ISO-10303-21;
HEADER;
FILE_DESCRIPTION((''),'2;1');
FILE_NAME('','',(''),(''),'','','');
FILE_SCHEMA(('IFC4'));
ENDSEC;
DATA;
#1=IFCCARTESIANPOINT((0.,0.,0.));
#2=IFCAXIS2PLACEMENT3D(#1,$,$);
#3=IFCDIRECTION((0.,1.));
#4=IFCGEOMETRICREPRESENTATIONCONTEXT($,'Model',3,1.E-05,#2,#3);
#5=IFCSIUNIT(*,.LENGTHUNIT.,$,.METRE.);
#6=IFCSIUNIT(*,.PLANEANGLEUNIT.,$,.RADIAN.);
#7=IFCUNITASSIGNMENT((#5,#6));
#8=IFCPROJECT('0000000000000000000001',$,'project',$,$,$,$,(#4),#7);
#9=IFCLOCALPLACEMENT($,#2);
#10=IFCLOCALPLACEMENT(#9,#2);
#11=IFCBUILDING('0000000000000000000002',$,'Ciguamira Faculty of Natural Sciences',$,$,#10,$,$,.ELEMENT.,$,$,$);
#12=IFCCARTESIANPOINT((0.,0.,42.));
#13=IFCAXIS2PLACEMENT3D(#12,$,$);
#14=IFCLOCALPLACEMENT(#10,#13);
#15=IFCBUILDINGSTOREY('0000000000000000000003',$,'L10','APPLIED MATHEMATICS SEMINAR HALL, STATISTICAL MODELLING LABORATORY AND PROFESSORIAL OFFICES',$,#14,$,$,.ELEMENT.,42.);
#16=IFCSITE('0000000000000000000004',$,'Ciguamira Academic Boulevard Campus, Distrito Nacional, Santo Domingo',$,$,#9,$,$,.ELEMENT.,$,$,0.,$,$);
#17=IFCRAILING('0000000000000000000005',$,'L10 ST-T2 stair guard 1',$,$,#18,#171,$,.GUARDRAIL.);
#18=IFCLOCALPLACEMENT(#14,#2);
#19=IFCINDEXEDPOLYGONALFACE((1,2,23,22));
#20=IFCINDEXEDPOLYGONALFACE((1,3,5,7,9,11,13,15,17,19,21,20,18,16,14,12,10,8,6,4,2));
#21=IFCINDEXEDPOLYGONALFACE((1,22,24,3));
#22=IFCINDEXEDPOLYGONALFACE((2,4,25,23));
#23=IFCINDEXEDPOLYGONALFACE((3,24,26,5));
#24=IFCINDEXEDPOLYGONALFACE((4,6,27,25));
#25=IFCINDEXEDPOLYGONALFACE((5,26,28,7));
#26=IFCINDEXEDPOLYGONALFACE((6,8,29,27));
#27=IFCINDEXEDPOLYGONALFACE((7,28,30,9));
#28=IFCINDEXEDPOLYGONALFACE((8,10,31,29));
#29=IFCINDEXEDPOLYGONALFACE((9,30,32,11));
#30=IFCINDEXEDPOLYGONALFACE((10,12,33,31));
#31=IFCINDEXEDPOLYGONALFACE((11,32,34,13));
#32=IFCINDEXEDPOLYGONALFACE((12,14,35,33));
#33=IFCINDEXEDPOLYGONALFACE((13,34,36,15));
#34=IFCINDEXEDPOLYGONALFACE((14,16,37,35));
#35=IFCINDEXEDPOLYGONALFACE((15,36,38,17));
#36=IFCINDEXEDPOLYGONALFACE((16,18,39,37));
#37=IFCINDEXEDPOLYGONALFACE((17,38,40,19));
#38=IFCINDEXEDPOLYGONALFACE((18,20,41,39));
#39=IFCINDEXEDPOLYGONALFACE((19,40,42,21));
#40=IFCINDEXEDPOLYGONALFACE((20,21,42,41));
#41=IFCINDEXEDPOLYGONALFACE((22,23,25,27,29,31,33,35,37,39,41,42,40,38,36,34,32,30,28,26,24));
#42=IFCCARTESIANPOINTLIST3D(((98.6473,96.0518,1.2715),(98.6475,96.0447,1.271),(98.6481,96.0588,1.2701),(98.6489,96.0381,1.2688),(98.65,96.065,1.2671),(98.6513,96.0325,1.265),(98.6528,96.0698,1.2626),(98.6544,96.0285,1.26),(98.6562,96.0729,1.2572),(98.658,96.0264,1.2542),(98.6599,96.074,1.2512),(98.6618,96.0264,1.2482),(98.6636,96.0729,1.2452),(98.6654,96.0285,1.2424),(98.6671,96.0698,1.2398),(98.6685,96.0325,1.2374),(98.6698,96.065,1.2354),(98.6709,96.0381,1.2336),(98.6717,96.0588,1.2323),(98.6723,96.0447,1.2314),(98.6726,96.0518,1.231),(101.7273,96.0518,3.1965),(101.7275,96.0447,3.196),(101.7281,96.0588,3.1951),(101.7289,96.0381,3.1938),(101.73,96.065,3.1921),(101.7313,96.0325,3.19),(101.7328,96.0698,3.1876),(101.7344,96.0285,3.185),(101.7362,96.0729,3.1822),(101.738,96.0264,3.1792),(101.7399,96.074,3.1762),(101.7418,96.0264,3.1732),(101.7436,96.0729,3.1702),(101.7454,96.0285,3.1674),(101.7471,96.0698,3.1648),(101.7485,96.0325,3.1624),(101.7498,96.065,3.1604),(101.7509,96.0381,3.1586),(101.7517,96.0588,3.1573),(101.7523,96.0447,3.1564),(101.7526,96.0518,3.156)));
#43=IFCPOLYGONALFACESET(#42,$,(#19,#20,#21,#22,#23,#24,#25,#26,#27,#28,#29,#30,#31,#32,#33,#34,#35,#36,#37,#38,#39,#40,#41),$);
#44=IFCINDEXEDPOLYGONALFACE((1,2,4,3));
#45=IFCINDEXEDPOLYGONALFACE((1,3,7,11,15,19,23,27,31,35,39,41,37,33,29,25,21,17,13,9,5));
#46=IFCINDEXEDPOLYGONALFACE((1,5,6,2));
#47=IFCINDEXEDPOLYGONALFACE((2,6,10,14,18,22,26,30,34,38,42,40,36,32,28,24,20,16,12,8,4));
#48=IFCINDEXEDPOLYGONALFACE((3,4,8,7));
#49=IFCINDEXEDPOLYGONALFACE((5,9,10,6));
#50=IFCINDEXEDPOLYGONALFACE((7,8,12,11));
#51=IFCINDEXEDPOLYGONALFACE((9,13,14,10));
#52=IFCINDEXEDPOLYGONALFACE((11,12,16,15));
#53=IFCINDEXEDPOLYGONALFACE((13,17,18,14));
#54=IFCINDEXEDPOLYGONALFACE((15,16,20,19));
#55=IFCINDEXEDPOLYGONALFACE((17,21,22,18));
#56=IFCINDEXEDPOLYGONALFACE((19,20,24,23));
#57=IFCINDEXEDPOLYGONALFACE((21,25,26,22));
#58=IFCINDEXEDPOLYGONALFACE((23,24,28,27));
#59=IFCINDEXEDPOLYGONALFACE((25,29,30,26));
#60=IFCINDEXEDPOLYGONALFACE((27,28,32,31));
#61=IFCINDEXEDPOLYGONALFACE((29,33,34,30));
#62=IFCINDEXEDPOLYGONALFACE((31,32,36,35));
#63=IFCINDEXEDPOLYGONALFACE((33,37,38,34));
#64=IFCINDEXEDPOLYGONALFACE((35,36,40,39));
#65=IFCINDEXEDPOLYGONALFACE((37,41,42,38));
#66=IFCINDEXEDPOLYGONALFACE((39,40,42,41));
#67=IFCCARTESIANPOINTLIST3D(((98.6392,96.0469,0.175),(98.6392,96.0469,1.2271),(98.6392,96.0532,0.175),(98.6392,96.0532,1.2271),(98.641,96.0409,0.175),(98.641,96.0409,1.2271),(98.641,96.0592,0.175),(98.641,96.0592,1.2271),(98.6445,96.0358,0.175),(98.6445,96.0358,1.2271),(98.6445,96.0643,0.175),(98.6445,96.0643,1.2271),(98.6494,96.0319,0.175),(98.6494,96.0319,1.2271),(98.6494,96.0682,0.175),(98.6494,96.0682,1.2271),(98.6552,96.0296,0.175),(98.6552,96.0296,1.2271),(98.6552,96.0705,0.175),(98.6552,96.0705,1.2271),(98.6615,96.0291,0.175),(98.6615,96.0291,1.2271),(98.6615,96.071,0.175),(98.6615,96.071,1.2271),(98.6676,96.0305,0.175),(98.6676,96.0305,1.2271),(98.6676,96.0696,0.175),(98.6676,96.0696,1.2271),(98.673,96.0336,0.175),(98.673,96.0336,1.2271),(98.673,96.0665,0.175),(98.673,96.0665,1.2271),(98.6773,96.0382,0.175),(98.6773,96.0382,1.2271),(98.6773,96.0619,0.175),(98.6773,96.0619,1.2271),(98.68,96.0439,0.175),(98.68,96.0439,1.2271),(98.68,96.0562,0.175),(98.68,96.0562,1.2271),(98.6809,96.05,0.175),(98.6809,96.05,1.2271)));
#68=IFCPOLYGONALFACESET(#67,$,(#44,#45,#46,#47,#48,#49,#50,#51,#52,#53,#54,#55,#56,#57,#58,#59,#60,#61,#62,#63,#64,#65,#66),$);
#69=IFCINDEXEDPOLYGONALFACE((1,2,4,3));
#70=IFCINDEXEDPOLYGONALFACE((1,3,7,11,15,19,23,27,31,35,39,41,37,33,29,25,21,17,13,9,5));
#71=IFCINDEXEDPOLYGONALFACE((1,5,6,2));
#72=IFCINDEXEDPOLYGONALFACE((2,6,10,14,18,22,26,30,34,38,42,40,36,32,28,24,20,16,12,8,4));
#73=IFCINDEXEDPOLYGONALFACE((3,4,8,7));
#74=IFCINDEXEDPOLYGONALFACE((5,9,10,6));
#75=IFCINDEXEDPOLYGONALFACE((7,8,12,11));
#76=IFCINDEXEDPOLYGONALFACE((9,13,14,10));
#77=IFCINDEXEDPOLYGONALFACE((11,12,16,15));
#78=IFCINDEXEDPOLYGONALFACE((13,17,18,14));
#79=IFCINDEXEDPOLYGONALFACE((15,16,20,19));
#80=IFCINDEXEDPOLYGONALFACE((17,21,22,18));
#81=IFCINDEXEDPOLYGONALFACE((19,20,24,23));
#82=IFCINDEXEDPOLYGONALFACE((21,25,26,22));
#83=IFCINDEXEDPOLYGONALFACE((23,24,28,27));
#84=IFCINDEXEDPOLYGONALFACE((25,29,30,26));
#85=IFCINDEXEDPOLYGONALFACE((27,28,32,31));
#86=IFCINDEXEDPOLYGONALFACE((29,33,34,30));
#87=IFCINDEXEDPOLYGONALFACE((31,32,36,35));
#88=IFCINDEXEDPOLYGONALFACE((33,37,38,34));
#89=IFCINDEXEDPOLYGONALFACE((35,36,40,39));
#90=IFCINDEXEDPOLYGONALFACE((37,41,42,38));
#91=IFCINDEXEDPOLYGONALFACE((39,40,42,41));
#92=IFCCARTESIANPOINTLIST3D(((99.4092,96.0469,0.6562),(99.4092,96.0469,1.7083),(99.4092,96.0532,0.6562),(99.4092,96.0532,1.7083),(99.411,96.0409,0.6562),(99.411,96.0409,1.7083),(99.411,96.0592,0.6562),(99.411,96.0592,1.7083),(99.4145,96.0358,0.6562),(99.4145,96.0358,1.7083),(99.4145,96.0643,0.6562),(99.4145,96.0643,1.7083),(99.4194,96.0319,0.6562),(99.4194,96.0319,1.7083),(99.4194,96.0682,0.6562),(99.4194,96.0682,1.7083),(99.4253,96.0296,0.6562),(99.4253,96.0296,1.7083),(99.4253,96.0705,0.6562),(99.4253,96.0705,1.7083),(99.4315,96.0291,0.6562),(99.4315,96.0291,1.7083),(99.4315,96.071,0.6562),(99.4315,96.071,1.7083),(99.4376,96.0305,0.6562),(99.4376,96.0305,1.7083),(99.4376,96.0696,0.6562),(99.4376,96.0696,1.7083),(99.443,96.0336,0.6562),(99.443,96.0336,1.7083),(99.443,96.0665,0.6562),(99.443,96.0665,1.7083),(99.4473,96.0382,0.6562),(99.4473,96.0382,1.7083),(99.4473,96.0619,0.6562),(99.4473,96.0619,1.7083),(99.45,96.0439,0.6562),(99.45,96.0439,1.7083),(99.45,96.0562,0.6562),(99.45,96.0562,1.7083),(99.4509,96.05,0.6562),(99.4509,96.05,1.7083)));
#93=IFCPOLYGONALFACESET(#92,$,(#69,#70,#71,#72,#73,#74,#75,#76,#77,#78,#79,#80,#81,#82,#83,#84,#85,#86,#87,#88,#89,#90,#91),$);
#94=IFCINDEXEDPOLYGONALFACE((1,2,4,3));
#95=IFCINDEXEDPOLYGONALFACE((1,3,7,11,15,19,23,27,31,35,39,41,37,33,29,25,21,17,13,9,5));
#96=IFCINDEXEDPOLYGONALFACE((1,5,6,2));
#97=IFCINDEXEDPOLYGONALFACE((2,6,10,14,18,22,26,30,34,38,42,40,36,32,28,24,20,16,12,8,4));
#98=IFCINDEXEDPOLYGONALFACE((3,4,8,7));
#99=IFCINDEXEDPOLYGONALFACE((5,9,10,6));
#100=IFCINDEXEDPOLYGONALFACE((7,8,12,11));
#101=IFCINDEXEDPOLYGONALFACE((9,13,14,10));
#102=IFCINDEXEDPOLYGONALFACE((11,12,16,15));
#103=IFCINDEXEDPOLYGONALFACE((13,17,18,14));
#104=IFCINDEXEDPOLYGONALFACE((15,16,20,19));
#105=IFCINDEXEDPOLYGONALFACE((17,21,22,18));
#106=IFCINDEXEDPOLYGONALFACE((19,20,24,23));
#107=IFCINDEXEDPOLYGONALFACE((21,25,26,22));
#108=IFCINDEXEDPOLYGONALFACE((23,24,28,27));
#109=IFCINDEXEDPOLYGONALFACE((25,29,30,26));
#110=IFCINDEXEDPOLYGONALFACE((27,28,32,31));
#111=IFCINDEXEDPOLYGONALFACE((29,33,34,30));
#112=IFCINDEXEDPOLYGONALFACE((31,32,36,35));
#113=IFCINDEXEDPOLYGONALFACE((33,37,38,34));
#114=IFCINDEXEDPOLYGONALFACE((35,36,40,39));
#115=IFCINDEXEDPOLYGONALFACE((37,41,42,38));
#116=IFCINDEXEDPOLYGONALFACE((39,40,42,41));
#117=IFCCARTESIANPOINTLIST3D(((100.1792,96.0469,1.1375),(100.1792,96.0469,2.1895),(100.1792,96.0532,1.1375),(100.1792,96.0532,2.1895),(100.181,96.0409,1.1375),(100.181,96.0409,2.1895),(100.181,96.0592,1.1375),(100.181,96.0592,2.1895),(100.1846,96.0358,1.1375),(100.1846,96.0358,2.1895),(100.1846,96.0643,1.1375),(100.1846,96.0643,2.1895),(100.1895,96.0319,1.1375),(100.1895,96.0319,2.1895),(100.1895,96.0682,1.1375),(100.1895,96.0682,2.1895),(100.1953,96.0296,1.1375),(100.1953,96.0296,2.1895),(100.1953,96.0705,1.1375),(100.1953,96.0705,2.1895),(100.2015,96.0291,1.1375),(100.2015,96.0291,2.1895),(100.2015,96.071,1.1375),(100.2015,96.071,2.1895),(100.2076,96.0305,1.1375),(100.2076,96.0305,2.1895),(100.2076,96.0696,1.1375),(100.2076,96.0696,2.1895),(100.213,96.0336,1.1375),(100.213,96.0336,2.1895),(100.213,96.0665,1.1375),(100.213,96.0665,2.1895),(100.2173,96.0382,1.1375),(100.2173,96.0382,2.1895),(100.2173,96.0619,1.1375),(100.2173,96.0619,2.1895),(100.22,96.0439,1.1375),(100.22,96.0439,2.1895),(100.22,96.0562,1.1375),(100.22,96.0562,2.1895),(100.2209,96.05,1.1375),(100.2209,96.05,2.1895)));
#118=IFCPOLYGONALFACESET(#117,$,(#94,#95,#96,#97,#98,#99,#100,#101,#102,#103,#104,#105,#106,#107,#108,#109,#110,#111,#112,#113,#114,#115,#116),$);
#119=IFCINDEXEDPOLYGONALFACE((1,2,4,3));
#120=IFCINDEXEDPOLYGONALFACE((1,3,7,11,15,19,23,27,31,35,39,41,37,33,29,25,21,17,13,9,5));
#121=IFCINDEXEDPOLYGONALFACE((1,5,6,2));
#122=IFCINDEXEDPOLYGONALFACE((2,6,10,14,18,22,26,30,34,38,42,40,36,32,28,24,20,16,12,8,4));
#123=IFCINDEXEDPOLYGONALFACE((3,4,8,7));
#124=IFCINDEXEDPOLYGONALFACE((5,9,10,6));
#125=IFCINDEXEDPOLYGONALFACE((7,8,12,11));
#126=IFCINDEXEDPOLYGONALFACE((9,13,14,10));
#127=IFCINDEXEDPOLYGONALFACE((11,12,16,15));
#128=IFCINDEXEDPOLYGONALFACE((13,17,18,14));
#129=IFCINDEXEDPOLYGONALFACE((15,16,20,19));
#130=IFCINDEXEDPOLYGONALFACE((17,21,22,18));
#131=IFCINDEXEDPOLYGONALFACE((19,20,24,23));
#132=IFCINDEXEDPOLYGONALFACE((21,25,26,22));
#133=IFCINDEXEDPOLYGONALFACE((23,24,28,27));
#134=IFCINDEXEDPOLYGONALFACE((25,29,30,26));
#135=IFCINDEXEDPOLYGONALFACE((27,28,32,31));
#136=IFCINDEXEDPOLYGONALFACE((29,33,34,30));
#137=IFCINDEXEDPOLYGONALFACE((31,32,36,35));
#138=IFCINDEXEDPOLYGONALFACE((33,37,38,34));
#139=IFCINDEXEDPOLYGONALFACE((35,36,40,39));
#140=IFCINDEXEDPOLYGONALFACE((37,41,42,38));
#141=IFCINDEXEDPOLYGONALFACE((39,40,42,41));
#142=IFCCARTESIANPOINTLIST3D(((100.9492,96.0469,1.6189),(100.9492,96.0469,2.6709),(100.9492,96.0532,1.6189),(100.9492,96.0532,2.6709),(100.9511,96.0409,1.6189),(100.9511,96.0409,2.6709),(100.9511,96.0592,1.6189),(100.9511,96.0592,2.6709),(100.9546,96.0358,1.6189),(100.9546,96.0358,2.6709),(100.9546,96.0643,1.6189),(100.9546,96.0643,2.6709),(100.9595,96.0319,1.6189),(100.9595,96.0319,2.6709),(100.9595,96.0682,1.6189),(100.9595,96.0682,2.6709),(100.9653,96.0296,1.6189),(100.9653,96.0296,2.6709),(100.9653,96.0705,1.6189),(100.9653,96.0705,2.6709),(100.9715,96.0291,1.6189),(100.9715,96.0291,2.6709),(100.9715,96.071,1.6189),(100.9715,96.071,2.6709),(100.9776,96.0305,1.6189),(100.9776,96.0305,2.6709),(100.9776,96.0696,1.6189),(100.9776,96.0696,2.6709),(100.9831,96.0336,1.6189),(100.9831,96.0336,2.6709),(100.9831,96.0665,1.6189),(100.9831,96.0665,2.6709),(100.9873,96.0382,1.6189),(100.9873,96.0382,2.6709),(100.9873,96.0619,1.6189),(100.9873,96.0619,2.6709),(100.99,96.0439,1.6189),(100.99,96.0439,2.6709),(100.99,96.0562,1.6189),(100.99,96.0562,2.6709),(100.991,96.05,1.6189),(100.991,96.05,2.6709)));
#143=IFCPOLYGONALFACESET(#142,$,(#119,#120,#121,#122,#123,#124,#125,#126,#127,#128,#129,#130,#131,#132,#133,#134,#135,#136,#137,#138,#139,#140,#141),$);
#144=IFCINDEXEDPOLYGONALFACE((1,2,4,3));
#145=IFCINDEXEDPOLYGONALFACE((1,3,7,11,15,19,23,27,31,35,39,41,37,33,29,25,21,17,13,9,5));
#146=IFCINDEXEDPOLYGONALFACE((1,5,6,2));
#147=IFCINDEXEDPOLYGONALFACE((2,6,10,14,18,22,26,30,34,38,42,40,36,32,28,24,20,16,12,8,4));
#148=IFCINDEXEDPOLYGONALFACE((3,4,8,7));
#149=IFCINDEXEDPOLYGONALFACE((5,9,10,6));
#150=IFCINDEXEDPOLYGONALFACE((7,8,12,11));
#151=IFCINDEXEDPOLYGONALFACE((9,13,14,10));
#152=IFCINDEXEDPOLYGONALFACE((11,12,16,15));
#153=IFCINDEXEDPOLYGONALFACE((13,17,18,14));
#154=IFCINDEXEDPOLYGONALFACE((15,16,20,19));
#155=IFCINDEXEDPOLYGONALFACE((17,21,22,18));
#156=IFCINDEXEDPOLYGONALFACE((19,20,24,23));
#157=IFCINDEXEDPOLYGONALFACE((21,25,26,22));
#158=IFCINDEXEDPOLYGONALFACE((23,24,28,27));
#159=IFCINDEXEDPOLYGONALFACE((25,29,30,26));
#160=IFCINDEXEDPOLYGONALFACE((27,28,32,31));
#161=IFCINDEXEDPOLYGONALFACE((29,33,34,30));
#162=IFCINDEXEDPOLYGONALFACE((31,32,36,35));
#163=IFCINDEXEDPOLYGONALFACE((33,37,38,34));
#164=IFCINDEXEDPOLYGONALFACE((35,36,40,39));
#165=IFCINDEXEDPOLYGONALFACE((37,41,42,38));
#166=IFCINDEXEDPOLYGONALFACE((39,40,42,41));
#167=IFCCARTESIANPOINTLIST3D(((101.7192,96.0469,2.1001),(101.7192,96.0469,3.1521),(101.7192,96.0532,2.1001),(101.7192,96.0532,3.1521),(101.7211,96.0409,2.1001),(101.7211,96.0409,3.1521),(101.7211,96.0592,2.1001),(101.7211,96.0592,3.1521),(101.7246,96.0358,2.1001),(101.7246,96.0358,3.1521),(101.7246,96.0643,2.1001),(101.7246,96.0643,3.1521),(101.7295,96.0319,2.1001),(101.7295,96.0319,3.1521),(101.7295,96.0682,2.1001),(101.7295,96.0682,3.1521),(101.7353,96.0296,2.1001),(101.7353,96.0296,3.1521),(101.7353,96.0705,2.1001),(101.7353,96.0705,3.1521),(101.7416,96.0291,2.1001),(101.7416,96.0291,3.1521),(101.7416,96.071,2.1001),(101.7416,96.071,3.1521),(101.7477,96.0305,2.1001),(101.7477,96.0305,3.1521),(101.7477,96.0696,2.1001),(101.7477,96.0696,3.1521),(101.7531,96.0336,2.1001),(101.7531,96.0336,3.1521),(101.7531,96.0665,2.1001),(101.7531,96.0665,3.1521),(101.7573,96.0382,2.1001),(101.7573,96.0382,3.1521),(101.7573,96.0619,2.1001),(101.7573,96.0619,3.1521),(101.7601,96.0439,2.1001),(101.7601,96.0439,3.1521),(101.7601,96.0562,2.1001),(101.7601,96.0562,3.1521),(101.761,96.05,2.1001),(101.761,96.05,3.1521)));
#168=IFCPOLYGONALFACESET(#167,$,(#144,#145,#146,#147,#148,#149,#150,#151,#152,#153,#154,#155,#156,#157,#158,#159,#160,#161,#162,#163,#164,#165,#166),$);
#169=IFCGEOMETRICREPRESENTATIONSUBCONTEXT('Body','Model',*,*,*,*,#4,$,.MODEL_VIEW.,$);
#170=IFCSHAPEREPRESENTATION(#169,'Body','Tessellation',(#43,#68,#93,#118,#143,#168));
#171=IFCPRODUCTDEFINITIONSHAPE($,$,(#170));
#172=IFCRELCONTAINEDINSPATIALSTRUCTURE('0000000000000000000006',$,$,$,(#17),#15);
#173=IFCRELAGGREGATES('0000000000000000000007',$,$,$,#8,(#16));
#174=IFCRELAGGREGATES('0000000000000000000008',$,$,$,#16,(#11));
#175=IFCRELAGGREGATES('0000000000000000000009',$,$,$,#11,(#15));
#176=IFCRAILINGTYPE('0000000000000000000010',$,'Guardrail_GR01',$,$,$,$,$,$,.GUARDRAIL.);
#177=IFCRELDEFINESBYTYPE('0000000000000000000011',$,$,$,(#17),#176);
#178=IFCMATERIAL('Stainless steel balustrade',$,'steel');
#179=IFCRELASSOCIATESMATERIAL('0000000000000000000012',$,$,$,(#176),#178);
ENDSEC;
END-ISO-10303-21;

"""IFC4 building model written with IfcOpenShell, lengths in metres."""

from ifc_helpers import new_model, si_unit, direction, frame, origin, origin_2d, place, context, subcontext, project, spatial, circle, extrude, material, type_object, element, save


model = new_model("IFC4")

# Units and contexts
model_context = context("Model", 3, precision=1e-05, world=origin(), true_north=direction((0.0, 1.0)))
body_context = subcontext(model_context, "Body", "Model", "MODEL_VIEW")
ifc_project = project(units=[si_unit("LENGTHUNIT", "METRE"), si_unit("PLANEANGLEUNIT", "RADIAN")], contexts=[model_context])

# Site, building, storey
site_placement = place(None, origin())
site = spatial("IfcSite", under=ifc_project, at=site_placement, Name="Ciguamira Academic Boulevard Campus, Distrito Nacional, Santo Domingo", CompositionType="ELEMENT", RefElevation=0.0)
building_placement = place(site_placement, origin())
building = spatial("IfcBuilding", under=site, at=building_placement, Name="Ciguamira Faculty of Natural Sciences", CompositionType="ELEMENT")
storey_placement = place(building_placement, frame((0.0, 0.0, 42.0)))
storey = spatial("IfcBuildingStorey", under=building, at=storey_placement, Name="L10", Description="APPLIED MATHEMATICS SEMINAR HALL, STATISTICAL MODELLING LABORATORY AND PROFESSORIAL OFFICES", CompositionType="ELEMENT", Elevation=42.0)

# Railing
ifc_material_1 = material(Name="Stainless steel balustrade", Category="steel")
railing_type_1 = type_object("IfcRailingType", Name="Guardrail_GR01", PredefinedType="GUARDRAIL", material=ifc_material_1)
railing_1_placement = place(storey_placement, frame((98.6599, 96.05, 0.175)))
element("IfcRailing", 1, at=railing_1_placement, inside=storey, type_object=railing_type_1, Name="L10 ST-T2 stair guard 1", PredefinedType="GUARDRAIL", context=body_context, shape_type="SweptSolid", body=[
    extrude(circle(Radius=0.0239, at=origin_2d()), frame((0.0, 0.0, 1.0762), z_axis=(0.847998, 0.0, 0.529999), x_axis=(0.0, 1.0, 0.0)), (0.0, 0.0, 1.0), 3.6321),
    extrude(circle(Radius=0.021, at=origin_2d()), origin(), (0.0, 0.0, 1.0), 1.052),
    extrude(circle(Radius=0.021, at=origin_2d()), frame((0.77, 0.0, 0.4812)), (0.0, 0.0, 1.0), 1.052),
    extrude(circle(Radius=0.021, at=origin_2d()), frame((1.54, 0.0, 0.9624)), (0.0, 0.0, 1.0), 1.052),
    extrude(circle(Radius=0.021, at=origin_2d()), frame((2.3101, 0.0, 1.4438)), (0.0, 0.0, 1.0), 1.052),
    extrude(circle(Radius=0.021, at=origin_2d()), frame((3.0801, 0.0, 1.925)), (0.0, 0.0, 1.0), 1.052),
])

save(model, "model.ifc")
